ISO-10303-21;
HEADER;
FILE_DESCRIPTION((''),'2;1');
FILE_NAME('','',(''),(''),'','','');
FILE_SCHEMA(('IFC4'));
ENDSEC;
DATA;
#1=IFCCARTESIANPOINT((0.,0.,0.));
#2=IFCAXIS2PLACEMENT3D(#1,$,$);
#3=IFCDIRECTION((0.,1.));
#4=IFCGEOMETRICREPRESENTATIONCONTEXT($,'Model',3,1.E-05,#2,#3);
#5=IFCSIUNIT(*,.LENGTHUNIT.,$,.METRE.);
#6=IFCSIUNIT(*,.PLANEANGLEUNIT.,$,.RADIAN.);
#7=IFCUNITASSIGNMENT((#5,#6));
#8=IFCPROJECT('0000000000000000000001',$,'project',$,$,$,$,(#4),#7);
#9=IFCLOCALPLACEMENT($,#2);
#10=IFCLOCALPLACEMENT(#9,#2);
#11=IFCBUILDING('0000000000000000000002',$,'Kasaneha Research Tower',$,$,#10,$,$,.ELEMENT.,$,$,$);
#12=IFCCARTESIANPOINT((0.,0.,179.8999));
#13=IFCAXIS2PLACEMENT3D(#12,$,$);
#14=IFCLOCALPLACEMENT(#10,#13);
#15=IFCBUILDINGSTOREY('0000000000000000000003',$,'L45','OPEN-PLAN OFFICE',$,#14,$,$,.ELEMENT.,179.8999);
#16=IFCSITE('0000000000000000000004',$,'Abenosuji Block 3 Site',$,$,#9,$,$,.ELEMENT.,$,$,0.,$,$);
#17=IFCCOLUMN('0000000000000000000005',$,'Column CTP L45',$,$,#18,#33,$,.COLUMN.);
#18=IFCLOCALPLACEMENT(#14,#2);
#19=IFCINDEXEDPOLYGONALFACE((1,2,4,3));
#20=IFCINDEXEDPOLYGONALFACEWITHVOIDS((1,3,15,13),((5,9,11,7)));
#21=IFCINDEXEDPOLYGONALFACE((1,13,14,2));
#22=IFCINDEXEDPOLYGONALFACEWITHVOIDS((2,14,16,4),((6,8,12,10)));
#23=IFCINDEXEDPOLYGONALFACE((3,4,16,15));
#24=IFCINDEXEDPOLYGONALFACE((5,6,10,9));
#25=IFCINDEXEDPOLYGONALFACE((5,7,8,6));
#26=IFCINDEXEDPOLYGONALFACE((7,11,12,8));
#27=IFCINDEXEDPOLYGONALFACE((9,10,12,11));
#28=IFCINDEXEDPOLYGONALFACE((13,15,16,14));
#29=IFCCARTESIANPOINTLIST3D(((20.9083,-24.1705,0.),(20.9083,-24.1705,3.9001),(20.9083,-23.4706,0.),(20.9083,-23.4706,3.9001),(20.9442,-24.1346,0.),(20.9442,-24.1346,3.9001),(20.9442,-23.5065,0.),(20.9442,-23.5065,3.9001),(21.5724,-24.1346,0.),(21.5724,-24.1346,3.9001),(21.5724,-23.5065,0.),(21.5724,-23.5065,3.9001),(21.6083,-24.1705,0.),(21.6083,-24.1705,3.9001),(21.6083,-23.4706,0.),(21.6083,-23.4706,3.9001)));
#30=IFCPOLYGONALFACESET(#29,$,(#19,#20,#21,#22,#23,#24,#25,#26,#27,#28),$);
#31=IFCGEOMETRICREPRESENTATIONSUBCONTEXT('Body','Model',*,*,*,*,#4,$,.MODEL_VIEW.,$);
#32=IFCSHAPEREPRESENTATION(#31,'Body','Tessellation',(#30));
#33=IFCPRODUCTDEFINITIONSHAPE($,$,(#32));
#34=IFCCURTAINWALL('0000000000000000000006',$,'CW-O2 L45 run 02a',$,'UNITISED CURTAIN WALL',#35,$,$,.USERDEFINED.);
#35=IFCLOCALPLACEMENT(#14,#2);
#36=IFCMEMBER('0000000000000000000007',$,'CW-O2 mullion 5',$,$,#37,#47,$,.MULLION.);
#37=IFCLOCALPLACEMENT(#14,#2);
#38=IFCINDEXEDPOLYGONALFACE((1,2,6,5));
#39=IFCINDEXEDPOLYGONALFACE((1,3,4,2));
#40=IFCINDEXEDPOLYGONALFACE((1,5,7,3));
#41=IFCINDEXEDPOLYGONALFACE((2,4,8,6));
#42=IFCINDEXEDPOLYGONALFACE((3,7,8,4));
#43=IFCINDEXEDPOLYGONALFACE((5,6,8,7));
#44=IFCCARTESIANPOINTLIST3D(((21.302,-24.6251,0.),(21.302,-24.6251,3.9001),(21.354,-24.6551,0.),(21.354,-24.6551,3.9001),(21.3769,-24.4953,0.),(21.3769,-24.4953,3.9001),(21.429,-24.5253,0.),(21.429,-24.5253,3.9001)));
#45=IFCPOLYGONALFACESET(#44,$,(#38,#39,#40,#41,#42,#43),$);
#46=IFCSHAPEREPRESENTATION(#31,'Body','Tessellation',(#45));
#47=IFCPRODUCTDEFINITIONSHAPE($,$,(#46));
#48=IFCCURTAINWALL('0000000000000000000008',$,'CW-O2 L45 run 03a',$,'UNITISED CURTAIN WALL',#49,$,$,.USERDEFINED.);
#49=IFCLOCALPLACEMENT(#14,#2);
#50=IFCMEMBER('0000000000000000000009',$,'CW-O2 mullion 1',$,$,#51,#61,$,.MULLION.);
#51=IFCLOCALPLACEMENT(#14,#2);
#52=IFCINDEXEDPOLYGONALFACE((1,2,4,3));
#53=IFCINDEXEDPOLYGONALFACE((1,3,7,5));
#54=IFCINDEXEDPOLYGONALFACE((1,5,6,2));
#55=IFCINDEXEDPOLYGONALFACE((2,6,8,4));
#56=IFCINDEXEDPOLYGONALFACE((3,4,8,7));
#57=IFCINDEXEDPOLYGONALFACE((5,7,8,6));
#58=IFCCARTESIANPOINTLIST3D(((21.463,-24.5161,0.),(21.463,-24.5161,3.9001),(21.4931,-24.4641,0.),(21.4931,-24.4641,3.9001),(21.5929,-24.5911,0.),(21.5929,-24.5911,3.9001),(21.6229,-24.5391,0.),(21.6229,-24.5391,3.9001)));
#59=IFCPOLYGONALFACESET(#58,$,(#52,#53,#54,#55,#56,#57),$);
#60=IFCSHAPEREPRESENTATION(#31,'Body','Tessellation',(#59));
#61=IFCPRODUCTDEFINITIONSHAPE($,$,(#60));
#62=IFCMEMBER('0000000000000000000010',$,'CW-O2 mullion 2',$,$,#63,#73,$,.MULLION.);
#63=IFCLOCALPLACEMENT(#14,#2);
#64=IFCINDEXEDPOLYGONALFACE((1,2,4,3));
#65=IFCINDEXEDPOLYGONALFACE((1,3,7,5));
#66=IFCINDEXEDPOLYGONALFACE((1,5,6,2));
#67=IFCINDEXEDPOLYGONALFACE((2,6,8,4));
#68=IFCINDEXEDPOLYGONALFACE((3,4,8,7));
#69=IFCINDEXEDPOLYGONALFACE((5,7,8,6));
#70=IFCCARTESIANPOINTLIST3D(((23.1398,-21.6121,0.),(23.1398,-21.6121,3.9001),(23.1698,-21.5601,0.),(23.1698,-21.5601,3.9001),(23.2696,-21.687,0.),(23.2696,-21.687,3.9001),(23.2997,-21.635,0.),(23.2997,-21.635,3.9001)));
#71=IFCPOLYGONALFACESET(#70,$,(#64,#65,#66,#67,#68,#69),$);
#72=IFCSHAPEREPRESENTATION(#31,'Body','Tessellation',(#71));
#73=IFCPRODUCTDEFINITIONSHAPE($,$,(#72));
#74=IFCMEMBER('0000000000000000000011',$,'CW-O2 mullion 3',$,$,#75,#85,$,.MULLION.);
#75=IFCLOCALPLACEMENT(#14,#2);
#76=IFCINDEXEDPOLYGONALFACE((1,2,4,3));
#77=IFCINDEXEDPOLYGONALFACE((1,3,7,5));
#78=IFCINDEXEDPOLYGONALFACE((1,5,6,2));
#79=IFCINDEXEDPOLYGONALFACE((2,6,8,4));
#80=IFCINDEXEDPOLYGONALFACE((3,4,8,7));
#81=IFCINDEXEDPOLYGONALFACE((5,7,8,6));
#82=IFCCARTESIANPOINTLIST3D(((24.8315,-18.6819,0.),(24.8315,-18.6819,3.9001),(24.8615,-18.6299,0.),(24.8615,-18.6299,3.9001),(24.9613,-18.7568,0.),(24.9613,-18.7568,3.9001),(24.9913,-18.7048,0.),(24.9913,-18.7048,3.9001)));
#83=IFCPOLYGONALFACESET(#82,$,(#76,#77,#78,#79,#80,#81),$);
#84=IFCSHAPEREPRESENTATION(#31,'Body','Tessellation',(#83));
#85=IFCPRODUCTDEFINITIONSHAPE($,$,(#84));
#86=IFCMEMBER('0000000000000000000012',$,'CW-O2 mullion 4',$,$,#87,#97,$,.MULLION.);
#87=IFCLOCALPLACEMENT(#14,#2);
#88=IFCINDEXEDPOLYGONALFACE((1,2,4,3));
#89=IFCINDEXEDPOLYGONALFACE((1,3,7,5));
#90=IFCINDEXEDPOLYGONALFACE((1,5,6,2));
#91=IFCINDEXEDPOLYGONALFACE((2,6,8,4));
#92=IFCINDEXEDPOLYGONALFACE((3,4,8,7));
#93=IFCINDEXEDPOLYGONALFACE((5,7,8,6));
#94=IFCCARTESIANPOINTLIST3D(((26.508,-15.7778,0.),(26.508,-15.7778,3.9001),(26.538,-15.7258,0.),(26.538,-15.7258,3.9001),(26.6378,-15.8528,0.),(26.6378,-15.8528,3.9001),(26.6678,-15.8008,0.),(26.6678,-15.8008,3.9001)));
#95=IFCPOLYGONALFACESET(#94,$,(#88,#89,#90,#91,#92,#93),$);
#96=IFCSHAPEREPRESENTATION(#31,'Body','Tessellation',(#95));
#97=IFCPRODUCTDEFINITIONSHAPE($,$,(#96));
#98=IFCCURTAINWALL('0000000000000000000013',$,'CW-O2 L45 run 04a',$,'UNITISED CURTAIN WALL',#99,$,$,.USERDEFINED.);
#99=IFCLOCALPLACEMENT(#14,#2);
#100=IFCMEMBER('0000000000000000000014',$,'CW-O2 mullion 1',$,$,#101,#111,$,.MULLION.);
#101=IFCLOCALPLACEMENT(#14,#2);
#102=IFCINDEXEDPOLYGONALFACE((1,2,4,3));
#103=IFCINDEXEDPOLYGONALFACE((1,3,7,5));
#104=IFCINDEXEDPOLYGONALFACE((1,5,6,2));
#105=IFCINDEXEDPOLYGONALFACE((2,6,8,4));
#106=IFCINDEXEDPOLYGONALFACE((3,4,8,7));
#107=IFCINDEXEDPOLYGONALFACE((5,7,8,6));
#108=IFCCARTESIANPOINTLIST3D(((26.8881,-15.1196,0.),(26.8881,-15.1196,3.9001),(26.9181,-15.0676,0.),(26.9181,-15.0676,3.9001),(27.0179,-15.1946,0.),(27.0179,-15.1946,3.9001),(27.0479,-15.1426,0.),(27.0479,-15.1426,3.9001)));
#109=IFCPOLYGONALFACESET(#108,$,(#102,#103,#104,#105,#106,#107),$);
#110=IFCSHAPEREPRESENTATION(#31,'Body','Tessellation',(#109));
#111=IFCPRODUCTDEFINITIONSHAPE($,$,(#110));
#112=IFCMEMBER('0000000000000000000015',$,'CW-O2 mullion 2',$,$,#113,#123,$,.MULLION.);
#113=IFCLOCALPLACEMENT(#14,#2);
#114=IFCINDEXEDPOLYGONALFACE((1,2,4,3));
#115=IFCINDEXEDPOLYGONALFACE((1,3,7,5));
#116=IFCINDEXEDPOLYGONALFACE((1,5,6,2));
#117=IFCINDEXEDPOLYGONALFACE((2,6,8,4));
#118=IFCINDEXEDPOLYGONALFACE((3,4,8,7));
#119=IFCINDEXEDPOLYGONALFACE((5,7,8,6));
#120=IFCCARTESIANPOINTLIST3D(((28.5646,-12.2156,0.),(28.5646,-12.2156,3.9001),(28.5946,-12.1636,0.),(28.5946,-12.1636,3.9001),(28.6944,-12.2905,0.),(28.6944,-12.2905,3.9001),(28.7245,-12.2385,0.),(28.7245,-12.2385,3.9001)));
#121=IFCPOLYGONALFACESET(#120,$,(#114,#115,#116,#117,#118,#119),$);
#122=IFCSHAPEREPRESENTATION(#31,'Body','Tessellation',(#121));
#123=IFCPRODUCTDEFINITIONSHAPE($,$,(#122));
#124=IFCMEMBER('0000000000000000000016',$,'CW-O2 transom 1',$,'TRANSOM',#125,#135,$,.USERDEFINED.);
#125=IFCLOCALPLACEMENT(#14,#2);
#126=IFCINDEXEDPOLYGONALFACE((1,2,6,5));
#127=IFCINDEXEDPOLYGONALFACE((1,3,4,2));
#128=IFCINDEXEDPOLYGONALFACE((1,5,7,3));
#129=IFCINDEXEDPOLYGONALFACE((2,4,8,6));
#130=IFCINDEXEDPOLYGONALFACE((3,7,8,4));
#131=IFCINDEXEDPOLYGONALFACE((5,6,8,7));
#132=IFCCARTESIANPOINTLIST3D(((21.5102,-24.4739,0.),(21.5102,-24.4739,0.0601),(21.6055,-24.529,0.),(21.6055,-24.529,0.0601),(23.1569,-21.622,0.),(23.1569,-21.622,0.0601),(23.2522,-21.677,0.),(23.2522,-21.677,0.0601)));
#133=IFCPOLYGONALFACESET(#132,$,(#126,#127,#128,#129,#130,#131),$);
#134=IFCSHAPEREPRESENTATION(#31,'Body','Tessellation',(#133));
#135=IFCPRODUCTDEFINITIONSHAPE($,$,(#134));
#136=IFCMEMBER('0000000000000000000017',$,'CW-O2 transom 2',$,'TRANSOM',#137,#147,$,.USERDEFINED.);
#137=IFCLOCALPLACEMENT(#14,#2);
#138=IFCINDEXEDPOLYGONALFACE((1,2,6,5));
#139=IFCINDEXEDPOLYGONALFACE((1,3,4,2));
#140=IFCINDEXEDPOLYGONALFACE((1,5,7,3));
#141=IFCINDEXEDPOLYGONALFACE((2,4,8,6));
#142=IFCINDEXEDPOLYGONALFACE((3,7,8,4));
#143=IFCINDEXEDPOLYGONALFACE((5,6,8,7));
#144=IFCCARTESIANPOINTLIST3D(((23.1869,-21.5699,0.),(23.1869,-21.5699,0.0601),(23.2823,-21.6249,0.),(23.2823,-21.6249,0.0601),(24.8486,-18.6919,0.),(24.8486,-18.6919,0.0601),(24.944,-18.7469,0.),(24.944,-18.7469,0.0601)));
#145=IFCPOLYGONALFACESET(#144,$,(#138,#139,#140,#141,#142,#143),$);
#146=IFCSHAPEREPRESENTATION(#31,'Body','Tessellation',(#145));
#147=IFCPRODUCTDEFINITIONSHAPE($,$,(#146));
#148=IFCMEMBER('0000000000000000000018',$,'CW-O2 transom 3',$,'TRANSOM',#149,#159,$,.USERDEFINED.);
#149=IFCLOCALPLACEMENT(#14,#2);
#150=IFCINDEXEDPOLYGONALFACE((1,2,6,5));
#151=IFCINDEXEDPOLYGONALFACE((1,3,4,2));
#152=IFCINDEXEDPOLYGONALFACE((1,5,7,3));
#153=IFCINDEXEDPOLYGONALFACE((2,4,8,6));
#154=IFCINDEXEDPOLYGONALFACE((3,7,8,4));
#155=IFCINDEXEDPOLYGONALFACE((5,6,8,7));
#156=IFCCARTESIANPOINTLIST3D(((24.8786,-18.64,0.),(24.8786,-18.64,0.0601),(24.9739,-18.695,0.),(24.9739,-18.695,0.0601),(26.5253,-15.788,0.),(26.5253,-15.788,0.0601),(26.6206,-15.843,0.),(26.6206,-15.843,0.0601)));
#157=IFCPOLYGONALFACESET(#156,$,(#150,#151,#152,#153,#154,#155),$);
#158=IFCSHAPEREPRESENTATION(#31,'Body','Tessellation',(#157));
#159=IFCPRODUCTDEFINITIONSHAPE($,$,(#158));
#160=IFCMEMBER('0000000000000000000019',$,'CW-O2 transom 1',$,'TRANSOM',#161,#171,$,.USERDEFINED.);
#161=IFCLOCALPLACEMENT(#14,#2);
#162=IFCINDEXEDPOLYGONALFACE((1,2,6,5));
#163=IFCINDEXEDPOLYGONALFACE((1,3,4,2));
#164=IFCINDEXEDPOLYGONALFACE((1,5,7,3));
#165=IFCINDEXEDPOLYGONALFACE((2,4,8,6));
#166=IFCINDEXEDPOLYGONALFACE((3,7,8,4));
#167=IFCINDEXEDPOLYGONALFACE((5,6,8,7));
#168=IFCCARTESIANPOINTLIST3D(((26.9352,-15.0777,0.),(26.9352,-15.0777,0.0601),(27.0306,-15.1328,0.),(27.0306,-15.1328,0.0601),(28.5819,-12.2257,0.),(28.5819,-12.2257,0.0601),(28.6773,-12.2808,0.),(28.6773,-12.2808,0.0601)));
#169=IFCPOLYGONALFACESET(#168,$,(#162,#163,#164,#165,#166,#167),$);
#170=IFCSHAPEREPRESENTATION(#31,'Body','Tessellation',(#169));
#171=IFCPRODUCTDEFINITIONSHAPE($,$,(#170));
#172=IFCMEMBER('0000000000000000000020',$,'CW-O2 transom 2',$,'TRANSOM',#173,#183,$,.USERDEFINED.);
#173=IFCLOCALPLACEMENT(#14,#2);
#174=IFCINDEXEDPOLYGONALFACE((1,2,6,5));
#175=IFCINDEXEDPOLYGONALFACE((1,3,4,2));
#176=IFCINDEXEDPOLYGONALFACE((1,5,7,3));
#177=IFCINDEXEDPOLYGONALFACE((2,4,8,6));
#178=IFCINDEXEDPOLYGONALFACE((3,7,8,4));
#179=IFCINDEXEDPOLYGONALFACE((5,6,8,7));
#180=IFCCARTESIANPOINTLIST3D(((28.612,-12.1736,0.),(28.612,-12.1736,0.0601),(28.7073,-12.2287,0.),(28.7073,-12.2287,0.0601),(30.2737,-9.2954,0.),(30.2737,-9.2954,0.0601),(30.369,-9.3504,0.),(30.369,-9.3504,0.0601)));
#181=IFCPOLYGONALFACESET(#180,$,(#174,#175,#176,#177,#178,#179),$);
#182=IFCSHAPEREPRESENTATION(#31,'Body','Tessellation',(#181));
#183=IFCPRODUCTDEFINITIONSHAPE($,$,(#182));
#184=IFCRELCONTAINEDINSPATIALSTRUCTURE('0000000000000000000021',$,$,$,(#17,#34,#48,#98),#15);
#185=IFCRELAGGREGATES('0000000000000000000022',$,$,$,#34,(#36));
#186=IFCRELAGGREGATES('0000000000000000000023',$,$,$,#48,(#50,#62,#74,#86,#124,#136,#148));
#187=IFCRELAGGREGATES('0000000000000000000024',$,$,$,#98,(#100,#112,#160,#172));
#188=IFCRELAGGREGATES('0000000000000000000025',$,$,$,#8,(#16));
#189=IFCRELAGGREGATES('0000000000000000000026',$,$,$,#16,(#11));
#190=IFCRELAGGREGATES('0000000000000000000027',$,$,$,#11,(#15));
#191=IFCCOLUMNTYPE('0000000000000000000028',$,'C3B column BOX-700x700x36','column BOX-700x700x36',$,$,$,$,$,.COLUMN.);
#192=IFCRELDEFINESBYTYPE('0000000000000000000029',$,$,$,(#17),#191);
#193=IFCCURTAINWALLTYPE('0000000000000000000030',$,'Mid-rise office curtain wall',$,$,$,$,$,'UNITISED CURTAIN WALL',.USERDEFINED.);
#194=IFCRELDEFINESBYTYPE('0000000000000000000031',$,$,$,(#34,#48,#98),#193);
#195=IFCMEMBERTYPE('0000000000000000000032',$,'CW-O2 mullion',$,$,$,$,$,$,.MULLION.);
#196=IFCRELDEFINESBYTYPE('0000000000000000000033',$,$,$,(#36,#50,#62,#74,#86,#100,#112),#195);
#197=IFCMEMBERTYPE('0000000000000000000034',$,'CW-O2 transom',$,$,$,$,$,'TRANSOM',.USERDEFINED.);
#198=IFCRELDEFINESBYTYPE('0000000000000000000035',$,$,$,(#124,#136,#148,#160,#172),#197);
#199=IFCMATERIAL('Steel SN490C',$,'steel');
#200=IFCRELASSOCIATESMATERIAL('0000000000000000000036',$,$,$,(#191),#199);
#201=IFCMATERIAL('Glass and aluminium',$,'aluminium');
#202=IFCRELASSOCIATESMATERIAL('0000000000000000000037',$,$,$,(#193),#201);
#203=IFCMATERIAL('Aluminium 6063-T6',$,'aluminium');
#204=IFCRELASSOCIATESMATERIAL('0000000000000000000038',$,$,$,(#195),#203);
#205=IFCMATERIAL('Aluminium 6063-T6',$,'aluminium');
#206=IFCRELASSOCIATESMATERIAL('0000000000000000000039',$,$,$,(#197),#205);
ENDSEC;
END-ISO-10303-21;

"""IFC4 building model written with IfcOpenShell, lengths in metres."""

from ifc_helpers import new_model, si_unit, direction, frame, origin, origin_2d, place, context, subcontext, project, spatial, rectangle, hollow_rectangle, extrude, material, material_profile, profile_set, type_object, element, aggregate, save


model = new_model("IFC4")

# Units and contexts
model_context = context("Model", 3, precision=1e-05, world=origin(), true_north=direction((0.0, 1.0)))
body_context = subcontext(model_context, "Body", "Model", "MODEL_VIEW")
ifc_project = project(units=[si_unit("LENGTHUNIT", "METRE"), si_unit("PLANEANGLEUNIT", "RADIAN")], contexts=[model_context])

# Site, building, storey
site_placement = place(None, origin())
site = spatial("IfcSite", under=ifc_project, at=site_placement, Name="Abenosuji Block 3 Site", CompositionType="ELEMENT", RefElevation=0.0)
building_placement = place(site_placement, origin())
building = spatial("IfcBuilding", under=site, at=building_placement, Name="Kasaneha Research Tower", CompositionType="ELEMENT")
storey_placement = place(building_placement, frame((0.0, 0.0, 179.8999)))
storey = spatial("IfcBuildingStorey", under=building, at=storey_placement, Name="L45", Description="OPEN-PLAN OFFICE", CompositionType="ELEMENT", Elevation=179.8999)

# Column
ifc_material_1 = material(Name="Steel SN490C", Category="steel")
ifc_material_profile_1 = material_profile(ifc_material_1, hollow_rectangle(XDim=0.7, YDim=0.7, WallThickness=0.0359, at=origin_2d()), Name="BOX-700x700x36")
ifc_profile_set_1 = profile_set([ifc_material_profile_1], Name="Steel SN490C")
column_type = type_object("IfcColumnType", Name="C3B column BOX-700x700x36", Description="column BOX-700x700x36", PredefinedType="COLUMN", material=ifc_profile_set_1)
column_placement = place(storey_placement, frame((21.2583, -23.8206, 0.0), z_axis=(0.0, 0.0, 1.0), x_axis=(1.0, 0.0, 0.0)))
element("IfcColumn", 1, at=column_placement, inside=storey, type_object=column_type, Name="Column CTP L45", PredefinedType="COLUMN", context=body_context, shape_type="SweptSolid", body=[
    extrude(hollow_rectangle(XDim=0.7, YDim=0.7, WallThickness=0.0359, at=origin_2d()), origin(), (0.0, 0.0, 1.0), 3.9001),
])

# Curtain wall, member
ifc_material_2 = material(Name="Glass and aluminium", Category="aluminium")
curtain_wall_type = type_object("IfcCurtainWallType", Name="Mid-rise office curtain wall", ElementType="UNITISED CURTAIN WALL", PredefinedType="USERDEFINED", material=ifc_material_2)
curtain_wall_1_placement = place(storey_placement, origin())
curtain_wall_1 = element("IfcCurtainWall", 2, at=curtain_wall_1_placement, inside=storey, type_object=curtain_wall_type, Name="CW-O2 L45 run 02a", ObjectType="UNITISED CURTAIN WALL", PredefinedType="USERDEFINED")
ifc_material_3 = material(Name="Aluminium 6063-T6", Category="aluminium")
ifc_material_profile_2 = material_profile(ifc_material_3, rectangle(XDim=0.0601, YDim=0.1499, at=origin_2d()), Name="CW-O2 mullion 60x150")
ifc_profile_set_2 = profile_set([ifc_material_profile_2], Name="Aluminium 6063-T6")
member_type_1 = type_object("IfcMemberType", Name="CW-O2 mullion", PredefinedType="MULLION", material=ifc_profile_set_2)
member_1_placement = place(storey_placement, frame((21.3655, -24.5752, 0.0), z_axis=(0.0, 0.0, 1.0), x_axis=(0.866025, -0.5, 0.0)))
member_1 = element("IfcMember", 3, at=member_1_placement, type_object=member_type_1, Name="CW-O2 mullion 5", PredefinedType="MULLION", context=body_context, shape_type="SweptSolid", body=[
    extrude(rectangle(XDim=0.0601, YDim=0.1499, at=origin_2d()), origin(), (0.0, 0.0, 1.0), 3.9001),
])

# Curtain walls, members
curtain_wall_2_placement = place(storey_placement, origin())
curtain_wall_2 = element("IfcCurtainWall", 4, at=curtain_wall_2_placement, inside=storey, type_object=curtain_wall_type, Name="CW-O2 L45 run 03a", ObjectType="UNITISED CURTAIN WALL", PredefinedType="USERDEFINED")
member_2_placement = place(storey_placement, frame((21.543, -24.5276, 0.0), z_axis=(0.0, 0.0, 1.0), x_axis=(0.5, 0.866025, 0.0)))
member_2 = element("IfcMember", 5, at=member_2_placement, type_object=member_type_1, Name="CW-O2 mullion 1", PredefinedType="MULLION", context=body_context, shape_type="SweptSolid", body=[
    extrude(rectangle(XDim=0.0601, YDim=0.1499, at=origin_2d()), origin(), (0.0, 0.0, 1.0), 3.9001),
])
member_3_placement = place(storey_placement, frame((23.2197, -21.6235, 0.0), z_axis=(0.0, 0.0, 1.0), x_axis=(0.5, 0.866025, 0.0)))
member_3 = element("IfcMember", 6, at=member_3_placement, type_object=member_type_1, Name="CW-O2 mullion 2", PredefinedType="MULLION", context=body_context, shape_type="SweptSolid", body=[
    extrude(rectangle(XDim=0.0601, YDim=0.1499, at=origin_2d()), origin(), (0.0, 0.0, 1.0), 3.9001),
])
member_4_placement = place(storey_placement, frame((24.9114, -18.6934, 0.0), z_axis=(0.0, 0.0, 1.0), x_axis=(0.5, 0.866025, 0.0)))
member_4 = element("IfcMember", 7, at=member_4_placement, type_object=member_type_1, Name="CW-O2 mullion 3", PredefinedType="MULLION", context=body_context, shape_type="SweptSolid", body=[
    extrude(rectangle(XDim=0.0601, YDim=0.1499, at=origin_2d()), origin(), (0.0, 0.0, 1.0), 3.9001),
])
member_5_placement = place(storey_placement, frame((26.5879, -15.7893, 0.0), z_axis=(0.0, 0.0, 1.0), x_axis=(0.5, 0.866025, 0.0)))
member_5 = element("IfcMember", 8, at=member_5_placement, type_object=member_type_1, Name="CW-O2 mullion 4", PredefinedType="MULLION", context=body_context, shape_type="SweptSolid", body=[
    extrude(rectangle(XDim=0.0601, YDim=0.1499, at=origin_2d()), origin(), (0.0, 0.0, 1.0), 3.9001),
])
curtain_wall_3_placement = place(storey_placement, origin())
curtain_wall_3 = element("IfcCurtainWall", 9, at=curtain_wall_3_placement, inside=storey, type_object=curtain_wall_type, Name="CW-O2 L45 run 04a", ObjectType="UNITISED CURTAIN WALL", PredefinedType="USERDEFINED")
member_6_placement = place(storey_placement, frame((26.968, -15.1311, 0.0), z_axis=(0.0, 0.0, 1.0), x_axis=(0.5, 0.866025, 0.0)))
member_6 = element("IfcMember", 10, at=member_6_placement, type_object=member_type_1, Name="CW-O2 mullion 1", PredefinedType="MULLION", context=body_context, shape_type="SweptSolid", body=[
    extrude(rectangle(XDim=0.0601, YDim=0.1499, at=origin_2d()), origin(), (0.0, 0.0, 1.0), 3.9001),
])
member_7_placement = place(storey_placement, frame((28.6445, -12.2271, 0.0), z_axis=(0.0, 0.0, 1.0), x_axis=(0.5, 0.866025, 0.0)))
member_7 = element("IfcMember", 11, at=member_7_placement, type_object=member_type_1, Name="CW-O2 mullion 2", PredefinedType="MULLION", context=body_context, shape_type="SweptSolid", body=[
    extrude(rectangle(XDim=0.0601, YDim=0.1499, at=origin_2d()), origin(), (0.0, 0.0, 1.0), 3.9001),
])

# Members
ifc_material_4 = material(Name="Aluminium 6063-T6", Category="aluminium")
ifc_material_profile_3 = material_profile(ifc_material_4, rectangle(XDim=0.1101, YDim=0.0601, at=origin_2d()), Name="CW-O2 transom 110x60")
ifc_profile_set_3 = profile_set([ifc_material_profile_3], Name="Aluminium 6063-T6")
member_type_2 = type_object("IfcMemberType", Name="CW-O2 transom", ElementType="TRANSOM", PredefinedType="USERDEFINED", material=ifc_profile_set_3)
member_8_placement = place(storey_placement, frame((21.5579, -24.5015, 0.03), z_axis=(0.500022, 0.866013, 0.0), x_axis=(-0.866013, 0.500022, 0.0)))
member_8 = element("IfcMember", 12, at=member_8_placement, type_object=member_type_2, Name="CW-O2 transom 1", ObjectType="TRANSOM", PredefinedType="USERDEFINED", context=body_context, shape_type="SweptSolid", body=[
    extrude(rectangle(XDim=0.1101, YDim=0.0601, at=origin_2d()), origin(), (0.0, 0.0, 1.0), 3.2932),
])
member_9_placement = place(storey_placement, frame((23.2346, -21.5974, 0.03), z_axis=(0.500011, 0.866019, 0.0), x_axis=(-0.866019, 0.500011, 0.0)))
member_9 = element("IfcMember", 13, at=member_9_placement, type_object=member_type_2, Name="CW-O2 transom 2", ObjectType="TRANSOM", PredefinedType="USERDEFINED", context=body_context, shape_type="SweptSolid", body=[
    extrude(rectangle(XDim=0.1101, YDim=0.0601, at=origin_2d()), origin(), (0.0, 0.0, 1.0), 3.3232),
])
member_10_placement = place(storey_placement, frame((24.9263, -18.6675, 0.03), z_axis=(0.500022, 0.866013, 0.0), x_axis=(-0.866013, 0.500022, 0.0)))
member_10 = element("IfcMember", 14, at=member_10_placement, type_object=member_type_2, Name="CW-O2 transom 3", ObjectType="TRANSOM", PredefinedType="USERDEFINED", context=body_context, shape_type="SweptSolid", body=[
    extrude(rectangle(XDim=0.1101, YDim=0.0601, at=origin_2d()), origin(), (0.0, 0.0, 1.0), 3.2932),
])
member_11_placement = place(storey_placement, frame((26.9829, -15.1052, 0.03), z_axis=(0.500022, 0.866013, 0.0), x_axis=(-0.866013, 0.500022, 0.0)))
member_11 = element("IfcMember", 15, at=member_11_placement, type_object=member_type_2, Name="CW-O2 transom 1", ObjectType="TRANSOM", PredefinedType="USERDEFINED", context=body_context, shape_type="SweptSolid", body=[
    extrude(rectangle(XDim=0.1101, YDim=0.0601, at=origin_2d()), origin(), (0.0, 0.0, 1.0), 3.2932),
])
member_12_placement = place(storey_placement, frame((28.6597, -12.2012, 0.03), z_axis=(0.499979, 0.866038, 0.0), x_axis=(-0.866038, 0.499979, 0.0)))
member_12 = element("IfcMember", 16, at=member_12_placement, type_object=member_type_2, Name="CW-O2 transom 2", ObjectType="TRANSOM", PredefinedType="USERDEFINED", context=body_context, shape_type="SweptSolid", body=[
    extrude(rectangle(XDim=0.1101, YDim=0.0601, at=origin_2d()), origin(), (0.0, 0.0, 1.0), 3.3235),
])

aggregate(curtain_wall_1, [member_1])
aggregate(curtain_wall_2, [member_2, member_3, member_4, member_5, member_8, member_9, member_10])
aggregate(curtain_wall_3, [member_6, member_7, member_11, member_12])

save(model, "model.ifc")
